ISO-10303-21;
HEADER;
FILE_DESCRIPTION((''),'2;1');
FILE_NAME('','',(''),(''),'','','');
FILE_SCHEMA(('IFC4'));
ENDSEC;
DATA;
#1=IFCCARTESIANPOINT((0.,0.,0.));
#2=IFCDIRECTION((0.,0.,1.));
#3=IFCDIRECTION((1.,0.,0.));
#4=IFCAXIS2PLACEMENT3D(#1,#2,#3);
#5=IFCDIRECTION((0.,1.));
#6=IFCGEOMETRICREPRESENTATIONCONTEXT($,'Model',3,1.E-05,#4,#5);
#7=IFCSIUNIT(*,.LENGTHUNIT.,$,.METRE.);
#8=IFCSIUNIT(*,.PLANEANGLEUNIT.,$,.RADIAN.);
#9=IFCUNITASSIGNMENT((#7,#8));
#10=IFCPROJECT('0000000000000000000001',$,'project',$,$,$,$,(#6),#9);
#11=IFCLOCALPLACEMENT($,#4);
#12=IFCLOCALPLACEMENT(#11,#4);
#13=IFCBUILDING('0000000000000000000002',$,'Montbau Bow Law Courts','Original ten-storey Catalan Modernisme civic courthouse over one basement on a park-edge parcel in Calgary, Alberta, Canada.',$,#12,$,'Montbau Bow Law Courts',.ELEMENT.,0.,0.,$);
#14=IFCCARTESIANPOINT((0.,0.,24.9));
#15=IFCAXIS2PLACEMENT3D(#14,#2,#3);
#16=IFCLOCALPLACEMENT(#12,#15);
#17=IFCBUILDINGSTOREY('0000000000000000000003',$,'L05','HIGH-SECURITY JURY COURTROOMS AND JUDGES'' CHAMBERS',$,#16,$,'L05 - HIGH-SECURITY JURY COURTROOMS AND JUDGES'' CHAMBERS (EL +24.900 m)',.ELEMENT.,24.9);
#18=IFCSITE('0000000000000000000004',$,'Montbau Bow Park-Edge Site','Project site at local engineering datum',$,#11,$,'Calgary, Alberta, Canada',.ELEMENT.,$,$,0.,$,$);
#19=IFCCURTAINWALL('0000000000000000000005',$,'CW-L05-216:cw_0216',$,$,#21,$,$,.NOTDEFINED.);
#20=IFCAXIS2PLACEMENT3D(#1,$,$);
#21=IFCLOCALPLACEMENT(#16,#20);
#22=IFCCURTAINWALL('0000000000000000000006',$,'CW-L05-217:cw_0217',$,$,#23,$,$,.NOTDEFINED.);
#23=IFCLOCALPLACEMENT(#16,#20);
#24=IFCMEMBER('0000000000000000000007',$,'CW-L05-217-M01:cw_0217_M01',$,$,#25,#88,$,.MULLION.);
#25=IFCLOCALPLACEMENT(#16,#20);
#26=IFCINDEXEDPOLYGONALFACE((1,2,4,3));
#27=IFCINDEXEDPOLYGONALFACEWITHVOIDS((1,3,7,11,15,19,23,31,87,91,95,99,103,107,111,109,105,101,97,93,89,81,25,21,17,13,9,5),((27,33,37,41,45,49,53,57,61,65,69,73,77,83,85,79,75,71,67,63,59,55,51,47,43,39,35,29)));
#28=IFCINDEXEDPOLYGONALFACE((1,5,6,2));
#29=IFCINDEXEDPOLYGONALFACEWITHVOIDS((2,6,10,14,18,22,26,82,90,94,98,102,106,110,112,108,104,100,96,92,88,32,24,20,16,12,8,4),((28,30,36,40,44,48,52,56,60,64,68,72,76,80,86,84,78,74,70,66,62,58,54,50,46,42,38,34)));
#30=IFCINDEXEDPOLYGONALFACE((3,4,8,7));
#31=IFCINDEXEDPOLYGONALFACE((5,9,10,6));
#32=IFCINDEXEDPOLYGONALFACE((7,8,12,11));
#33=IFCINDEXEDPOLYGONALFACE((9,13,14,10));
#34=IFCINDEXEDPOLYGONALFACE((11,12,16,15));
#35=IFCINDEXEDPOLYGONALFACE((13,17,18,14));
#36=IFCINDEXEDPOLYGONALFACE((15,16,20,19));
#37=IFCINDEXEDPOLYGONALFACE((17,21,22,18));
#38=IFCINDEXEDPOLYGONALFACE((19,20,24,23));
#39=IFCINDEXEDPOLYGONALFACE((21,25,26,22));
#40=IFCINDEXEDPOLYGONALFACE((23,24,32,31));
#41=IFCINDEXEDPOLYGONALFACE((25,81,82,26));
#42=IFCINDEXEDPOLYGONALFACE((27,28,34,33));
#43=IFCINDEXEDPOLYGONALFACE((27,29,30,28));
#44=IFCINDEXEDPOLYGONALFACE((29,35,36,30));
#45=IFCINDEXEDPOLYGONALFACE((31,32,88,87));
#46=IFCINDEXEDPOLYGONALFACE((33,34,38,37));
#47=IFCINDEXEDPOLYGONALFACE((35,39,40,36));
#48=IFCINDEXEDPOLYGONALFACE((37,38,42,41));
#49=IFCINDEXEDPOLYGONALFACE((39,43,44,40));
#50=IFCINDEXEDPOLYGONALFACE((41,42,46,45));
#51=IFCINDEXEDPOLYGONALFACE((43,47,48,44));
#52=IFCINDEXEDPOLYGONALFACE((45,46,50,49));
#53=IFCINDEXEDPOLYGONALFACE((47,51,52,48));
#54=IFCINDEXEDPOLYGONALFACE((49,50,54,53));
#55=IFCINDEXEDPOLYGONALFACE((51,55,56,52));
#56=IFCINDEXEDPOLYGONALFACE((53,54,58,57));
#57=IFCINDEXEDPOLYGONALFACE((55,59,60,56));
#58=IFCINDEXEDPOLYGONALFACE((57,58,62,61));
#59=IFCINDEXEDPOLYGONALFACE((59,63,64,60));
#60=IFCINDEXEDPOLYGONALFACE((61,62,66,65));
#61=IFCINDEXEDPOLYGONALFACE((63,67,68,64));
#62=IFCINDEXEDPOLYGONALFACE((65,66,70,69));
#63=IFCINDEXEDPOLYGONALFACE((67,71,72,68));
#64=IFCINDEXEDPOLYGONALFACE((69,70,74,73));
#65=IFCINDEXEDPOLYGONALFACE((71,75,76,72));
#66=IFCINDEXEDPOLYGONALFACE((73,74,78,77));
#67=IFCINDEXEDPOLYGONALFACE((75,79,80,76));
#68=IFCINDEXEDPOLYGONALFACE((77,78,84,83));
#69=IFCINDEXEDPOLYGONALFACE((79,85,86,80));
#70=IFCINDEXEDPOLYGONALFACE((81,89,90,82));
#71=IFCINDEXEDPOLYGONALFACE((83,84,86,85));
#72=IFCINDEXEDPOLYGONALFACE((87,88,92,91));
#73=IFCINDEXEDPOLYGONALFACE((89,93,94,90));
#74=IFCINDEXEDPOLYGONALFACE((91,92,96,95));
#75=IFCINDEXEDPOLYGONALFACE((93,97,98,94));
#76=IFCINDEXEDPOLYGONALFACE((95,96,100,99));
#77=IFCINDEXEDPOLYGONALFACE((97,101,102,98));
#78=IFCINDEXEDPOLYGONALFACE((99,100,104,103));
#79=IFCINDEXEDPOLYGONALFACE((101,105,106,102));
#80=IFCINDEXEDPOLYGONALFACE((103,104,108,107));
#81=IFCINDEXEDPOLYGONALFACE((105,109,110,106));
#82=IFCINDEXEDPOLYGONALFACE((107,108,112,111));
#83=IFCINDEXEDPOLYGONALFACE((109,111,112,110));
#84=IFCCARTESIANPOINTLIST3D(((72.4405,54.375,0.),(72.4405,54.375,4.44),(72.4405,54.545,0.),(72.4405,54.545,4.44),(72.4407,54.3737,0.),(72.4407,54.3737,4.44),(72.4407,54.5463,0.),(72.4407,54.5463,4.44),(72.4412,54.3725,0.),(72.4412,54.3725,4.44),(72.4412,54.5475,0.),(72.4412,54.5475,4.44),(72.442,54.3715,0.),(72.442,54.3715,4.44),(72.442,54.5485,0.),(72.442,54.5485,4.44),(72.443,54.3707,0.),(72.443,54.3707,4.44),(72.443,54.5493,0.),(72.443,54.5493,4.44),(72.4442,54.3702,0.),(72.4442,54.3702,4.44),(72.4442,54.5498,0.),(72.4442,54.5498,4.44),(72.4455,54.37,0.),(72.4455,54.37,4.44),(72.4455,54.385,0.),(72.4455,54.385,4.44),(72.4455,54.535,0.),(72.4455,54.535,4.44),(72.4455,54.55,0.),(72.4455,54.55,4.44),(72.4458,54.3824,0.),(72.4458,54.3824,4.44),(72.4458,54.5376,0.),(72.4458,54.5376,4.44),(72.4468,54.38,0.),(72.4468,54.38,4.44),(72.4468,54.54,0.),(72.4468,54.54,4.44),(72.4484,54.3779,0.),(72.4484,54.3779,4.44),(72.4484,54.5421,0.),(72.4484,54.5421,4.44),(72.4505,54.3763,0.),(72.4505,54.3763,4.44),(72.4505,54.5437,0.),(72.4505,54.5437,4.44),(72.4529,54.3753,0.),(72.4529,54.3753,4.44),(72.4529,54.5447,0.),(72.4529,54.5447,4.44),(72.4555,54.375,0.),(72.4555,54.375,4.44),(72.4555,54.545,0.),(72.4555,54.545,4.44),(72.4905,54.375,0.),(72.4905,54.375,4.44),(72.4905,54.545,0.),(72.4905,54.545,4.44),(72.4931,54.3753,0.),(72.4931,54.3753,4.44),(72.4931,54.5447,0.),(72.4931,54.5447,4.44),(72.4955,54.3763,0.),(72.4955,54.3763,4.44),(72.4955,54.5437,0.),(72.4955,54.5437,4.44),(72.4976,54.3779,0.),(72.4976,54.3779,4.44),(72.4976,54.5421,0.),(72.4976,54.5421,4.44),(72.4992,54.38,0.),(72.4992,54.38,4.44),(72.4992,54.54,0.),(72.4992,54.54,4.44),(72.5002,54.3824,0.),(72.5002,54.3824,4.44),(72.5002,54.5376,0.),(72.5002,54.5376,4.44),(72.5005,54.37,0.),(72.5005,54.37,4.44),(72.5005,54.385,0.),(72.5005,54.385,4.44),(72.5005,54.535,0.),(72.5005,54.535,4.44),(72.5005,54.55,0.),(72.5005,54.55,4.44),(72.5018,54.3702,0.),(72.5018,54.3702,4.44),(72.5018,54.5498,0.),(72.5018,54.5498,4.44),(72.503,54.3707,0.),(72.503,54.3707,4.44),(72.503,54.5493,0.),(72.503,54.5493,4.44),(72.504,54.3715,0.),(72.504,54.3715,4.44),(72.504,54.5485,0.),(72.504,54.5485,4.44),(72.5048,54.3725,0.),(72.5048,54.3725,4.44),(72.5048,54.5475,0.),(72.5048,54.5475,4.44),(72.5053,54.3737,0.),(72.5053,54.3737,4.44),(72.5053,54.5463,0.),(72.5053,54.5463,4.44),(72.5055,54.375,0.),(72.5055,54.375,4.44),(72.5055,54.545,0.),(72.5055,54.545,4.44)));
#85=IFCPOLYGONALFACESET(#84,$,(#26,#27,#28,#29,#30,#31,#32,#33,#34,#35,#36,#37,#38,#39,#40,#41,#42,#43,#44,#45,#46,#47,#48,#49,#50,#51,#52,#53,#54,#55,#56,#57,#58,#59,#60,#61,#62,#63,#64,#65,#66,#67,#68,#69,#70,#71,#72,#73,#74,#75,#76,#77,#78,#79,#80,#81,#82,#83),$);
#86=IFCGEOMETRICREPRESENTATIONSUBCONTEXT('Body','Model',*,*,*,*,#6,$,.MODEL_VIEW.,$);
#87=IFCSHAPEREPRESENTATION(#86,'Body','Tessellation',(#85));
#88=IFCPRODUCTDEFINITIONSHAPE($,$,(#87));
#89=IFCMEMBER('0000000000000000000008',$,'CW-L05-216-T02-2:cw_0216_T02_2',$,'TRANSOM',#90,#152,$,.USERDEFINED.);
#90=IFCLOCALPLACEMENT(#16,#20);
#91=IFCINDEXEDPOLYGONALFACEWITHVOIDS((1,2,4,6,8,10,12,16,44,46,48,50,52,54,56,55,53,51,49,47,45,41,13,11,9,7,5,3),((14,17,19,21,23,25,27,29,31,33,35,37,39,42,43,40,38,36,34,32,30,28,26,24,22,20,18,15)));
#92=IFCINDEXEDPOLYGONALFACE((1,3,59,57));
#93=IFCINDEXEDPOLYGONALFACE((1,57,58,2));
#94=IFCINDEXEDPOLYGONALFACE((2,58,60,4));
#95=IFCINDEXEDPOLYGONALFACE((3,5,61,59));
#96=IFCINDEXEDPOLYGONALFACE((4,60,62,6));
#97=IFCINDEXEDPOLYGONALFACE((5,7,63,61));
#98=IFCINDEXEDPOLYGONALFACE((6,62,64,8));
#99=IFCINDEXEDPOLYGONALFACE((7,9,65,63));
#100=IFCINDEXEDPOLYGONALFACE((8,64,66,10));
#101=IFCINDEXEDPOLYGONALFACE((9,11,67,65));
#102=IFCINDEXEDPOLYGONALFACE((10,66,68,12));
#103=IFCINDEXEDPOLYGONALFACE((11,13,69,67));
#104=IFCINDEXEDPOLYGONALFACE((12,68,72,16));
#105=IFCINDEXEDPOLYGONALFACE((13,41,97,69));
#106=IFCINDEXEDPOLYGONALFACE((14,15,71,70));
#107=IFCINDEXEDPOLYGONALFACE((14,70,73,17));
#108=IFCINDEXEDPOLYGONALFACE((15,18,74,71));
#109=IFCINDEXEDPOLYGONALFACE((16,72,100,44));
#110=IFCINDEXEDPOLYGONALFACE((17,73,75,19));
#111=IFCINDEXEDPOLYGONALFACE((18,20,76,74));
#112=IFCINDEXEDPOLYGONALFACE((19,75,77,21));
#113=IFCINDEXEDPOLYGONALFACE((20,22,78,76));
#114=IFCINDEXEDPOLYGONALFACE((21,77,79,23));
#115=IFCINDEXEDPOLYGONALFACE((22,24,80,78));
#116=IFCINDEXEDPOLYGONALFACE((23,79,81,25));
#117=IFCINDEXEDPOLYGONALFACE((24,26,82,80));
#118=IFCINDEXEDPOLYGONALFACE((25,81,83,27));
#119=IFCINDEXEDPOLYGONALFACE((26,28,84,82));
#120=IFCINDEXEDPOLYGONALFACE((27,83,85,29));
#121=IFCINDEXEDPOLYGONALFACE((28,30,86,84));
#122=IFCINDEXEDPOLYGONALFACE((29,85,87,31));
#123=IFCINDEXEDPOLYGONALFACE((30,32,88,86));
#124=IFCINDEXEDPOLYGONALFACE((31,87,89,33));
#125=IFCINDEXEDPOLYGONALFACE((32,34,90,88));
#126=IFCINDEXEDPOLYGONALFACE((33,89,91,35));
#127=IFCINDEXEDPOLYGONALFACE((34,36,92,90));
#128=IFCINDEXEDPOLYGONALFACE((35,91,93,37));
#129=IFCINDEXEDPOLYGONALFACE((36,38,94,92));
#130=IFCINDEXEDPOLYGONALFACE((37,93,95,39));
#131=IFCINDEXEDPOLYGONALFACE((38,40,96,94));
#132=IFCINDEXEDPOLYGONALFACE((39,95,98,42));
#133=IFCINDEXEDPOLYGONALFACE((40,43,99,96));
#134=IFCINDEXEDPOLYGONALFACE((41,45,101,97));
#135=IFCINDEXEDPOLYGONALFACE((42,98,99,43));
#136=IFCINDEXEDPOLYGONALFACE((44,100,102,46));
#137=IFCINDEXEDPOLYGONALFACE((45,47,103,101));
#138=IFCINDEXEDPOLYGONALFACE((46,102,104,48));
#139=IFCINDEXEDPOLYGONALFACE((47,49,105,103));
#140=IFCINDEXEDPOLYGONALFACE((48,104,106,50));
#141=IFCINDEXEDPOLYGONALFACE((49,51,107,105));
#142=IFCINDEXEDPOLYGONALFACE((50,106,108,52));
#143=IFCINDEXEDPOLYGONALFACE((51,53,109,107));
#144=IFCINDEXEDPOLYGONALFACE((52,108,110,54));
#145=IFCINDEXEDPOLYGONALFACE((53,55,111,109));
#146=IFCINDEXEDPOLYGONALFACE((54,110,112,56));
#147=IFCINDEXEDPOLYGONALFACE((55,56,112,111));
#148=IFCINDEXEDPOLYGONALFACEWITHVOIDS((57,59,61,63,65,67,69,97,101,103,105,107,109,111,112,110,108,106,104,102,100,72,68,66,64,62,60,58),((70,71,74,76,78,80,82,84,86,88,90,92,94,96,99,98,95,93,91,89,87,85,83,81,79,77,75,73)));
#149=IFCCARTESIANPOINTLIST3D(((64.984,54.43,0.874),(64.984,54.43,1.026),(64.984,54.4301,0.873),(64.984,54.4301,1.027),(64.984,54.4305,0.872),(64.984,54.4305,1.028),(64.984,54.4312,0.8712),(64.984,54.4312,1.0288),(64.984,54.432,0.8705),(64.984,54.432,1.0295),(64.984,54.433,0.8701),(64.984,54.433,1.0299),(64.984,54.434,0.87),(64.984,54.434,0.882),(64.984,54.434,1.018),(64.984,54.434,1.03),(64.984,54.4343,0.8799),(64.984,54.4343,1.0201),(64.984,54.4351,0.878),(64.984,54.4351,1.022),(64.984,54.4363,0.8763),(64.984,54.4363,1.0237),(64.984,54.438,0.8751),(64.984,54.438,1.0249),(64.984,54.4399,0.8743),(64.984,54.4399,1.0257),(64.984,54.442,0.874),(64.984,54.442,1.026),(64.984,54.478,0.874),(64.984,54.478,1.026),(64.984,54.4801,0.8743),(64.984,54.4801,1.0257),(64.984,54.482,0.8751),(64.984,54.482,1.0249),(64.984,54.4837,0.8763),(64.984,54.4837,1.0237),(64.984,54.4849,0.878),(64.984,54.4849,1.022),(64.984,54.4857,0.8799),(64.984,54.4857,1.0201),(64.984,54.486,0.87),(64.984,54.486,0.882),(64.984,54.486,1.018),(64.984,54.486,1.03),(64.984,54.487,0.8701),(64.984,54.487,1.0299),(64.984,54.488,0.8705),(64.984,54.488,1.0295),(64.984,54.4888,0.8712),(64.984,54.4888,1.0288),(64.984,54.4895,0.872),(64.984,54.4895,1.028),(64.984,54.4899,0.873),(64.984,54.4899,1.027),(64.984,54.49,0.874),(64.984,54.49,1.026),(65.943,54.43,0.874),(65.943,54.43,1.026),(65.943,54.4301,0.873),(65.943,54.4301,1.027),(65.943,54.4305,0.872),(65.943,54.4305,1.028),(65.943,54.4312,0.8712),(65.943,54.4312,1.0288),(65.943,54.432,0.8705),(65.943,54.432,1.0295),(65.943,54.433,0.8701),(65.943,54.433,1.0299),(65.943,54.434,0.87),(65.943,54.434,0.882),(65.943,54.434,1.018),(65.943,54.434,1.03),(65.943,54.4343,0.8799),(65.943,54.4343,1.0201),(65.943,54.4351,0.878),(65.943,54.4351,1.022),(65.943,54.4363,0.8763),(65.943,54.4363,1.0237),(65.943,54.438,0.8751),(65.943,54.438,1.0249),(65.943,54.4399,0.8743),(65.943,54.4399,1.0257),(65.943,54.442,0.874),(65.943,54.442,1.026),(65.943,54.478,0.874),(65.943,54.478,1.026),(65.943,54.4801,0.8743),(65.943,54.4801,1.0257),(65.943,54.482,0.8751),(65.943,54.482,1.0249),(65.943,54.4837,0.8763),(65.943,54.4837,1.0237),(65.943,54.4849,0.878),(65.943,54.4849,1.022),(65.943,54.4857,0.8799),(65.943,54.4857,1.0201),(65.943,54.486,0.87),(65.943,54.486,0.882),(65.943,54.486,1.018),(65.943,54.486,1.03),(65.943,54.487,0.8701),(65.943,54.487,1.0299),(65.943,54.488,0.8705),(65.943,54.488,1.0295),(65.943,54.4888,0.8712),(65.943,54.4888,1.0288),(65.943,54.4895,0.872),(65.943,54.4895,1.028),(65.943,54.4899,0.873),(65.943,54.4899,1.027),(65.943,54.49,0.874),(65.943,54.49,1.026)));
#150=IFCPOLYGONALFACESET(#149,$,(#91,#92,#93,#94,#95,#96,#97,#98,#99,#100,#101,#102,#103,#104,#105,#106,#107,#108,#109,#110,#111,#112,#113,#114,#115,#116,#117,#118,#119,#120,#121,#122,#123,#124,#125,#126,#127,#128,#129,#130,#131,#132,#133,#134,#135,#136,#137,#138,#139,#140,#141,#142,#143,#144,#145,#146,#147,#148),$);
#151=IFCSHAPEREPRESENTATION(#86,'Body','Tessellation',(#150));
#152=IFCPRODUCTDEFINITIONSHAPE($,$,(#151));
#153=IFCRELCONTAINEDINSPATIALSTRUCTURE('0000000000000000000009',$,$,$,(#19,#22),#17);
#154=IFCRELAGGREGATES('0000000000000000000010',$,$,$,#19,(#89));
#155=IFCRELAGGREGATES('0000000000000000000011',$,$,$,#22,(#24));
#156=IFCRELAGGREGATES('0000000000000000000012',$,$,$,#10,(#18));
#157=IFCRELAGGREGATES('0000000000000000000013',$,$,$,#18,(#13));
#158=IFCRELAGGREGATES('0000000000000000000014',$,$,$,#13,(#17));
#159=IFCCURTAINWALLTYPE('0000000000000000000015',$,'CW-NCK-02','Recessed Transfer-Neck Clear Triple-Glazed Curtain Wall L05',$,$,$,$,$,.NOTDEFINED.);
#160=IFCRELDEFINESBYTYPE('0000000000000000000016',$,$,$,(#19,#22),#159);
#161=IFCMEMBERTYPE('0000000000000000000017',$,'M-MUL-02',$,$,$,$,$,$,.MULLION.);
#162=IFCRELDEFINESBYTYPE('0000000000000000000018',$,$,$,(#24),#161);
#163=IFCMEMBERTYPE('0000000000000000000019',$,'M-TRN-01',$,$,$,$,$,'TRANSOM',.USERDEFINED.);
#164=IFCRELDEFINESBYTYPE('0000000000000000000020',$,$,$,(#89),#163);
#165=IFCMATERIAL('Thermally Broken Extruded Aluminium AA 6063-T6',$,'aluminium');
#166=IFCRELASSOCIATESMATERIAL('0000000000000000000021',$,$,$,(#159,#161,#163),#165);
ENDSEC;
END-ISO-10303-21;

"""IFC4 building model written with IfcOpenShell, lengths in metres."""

from ifc_helpers import new_model, si_unit, direction, frame, origin_with_axes, origin_2d_with_axis, place, context, subcontext, project, spatial, hollow_rectangle, extrude, material, material_profile, profile_set, type_object, element, aggregate, save


model = new_model("IFC4")

# Units and contexts
model_context = context("Model", 3, precision=1e-05, world=origin_with_axes(), true_north=direction((0.0, 1.0)))
body_context = subcontext(model_context, "Body", "Model", "MODEL_VIEW")
ifc_project = project(units=[si_unit("LENGTHUNIT", "METRE"), si_unit("PLANEANGLEUNIT", "RADIAN")], contexts=[model_context])

# Site, building, storey
site_placement = place(None, origin_with_axes())
site = spatial("IfcSite", under=ifc_project, at=site_placement, Name="Montbau Bow Park-Edge Site", Description="Project site at local engineering datum", LongName="Calgary, Alberta, Canada", CompositionType="ELEMENT", RefElevation=0.0)
building_placement = place(site_placement, origin_with_axes())
building = spatial("IfcBuilding", under=site, at=building_placement, Name="Montbau Bow Law Courts", Description="Original ten-storey Catalan Modernisme civic courthouse over one basement on a park-edge parcel in Calgary, Alberta, Canada.", LongName="Montbau Bow Law Courts", CompositionType="ELEMENT", ElevationOfRefHeight=0.0, ElevationOfTerrain=0.0)
storey_placement = place(building_placement, frame((0.0, 0.0, 24.9), z_axis=(0.0, 0.0, 1.0), x_axis=(1.0, 0.0, 0.0)))
storey = spatial("IfcBuildingStorey", under=building, at=storey_placement, Name="L05", Description="HIGH-SECURITY JURY COURTROOMS AND JUDGES' CHAMBERS", LongName="L05 - HIGH-SECURITY JURY COURTROOMS AND JUDGES' CHAMBERS (EL +24.900 m)", CompositionType="ELEMENT", Elevation=24.9)

# Curtain walls, member
ifc_material_1 = material(Name="Thermally Broken Extruded Aluminium AA 6063-T6", Category="aluminium")
curtain_wall_type = type_object("IfcCurtainWallType", Name="CW-NCK-02", Description="Recessed Transfer-Neck Clear Triple-Glazed Curtain Wall L05", PredefinedType="NOTDEFINED", material=ifc_material_1)
curtain_wall_1_placement = place(None, frame((63.868, 54.46, 24.9), z_axis=(0.0, 0.0, 1.0), x_axis=(1.0, 0.0, 0.0)))
curtain_wall_1 = element("IfcCurtainWall", 1, at=curtain_wall_1_placement, inside=storey, type_object=curtain_wall_type, Name="CW-L05-216:cw_0216", PredefinedType="NOTDEFINED")
curtain_wall_2_placement = place(None, frame((72.44, 54.46, 24.9), z_axis=(0.0, 0.0, 1.0), x_axis=(1.0, 0.0, 0.0)))
curtain_wall_2 = element("IfcCurtainWall", 2, at=curtain_wall_2_placement, inside=storey, type_object=curtain_wall_type, Name="CW-L05-217:cw_0217", PredefinedType="NOTDEFINED")
ifc_material_profile_1 = material_profile(ifc_material_1, hollow_rectangle(XDim=0.065, YDim=0.18, WallThickness=0.005, InnerFilletRadius=0.01, OuterFilletRadius=0.005, at=origin_2d_with_axis()), Name="CWM-180X65", Category="Main", Priority=0)
ifc_profile_set_1 = profile_set([ifc_material_profile_1], Name="Thermally Broken Extruded Aluminium AA 6063-T6")
member_type_1 = type_object("IfcMemberType", Name="M-MUL-02", PredefinedType="MULLION", material=ifc_profile_set_1)
member_1_placement = place(None, frame((72.473, 54.46, 24.9), z_axis=(0.0, 0.0, 1.0), x_axis=(1.0, 0.0, 0.0)))
member_1 = element("IfcMember", 3, at=member_1_placement, type_object=member_type_1, Name="CW-L05-217-M01:cw_0217_M01", PredefinedType="MULLION", context=body_context, shape_type="SweptSolid", body=[
    extrude(hollow_rectangle(XDim=0.065, YDim=0.18, WallThickness=0.005, InnerFilletRadius=0.01, OuterFilletRadius=0.005, at=origin_2d_with_axis()), origin_with_axes(), (0.0, 0.0, 1.0), 4.44),
])

# Member
ifc_material_profile_2 = material_profile(ifc_material_1, hollow_rectangle(XDim=0.06, YDim=0.16, WallThickness=0.004, InnerFilletRadius=0.008, OuterFilletRadius=0.004, at=origin_2d_with_axis()), Name="CWT-160X60", Category="Main", Priority=0)
ifc_profile_set_2 = profile_set([ifc_material_profile_2], Name="Thermally Broken Extruded Aluminium AA 6063-T6")
member_type_2 = type_object("IfcMemberType", Name="M-TRN-01", ElementType="TRANSOM", PredefinedType="USERDEFINED", material=ifc_profile_set_2)
member_2_placement = place(None, frame((64.984, 54.46, 25.85), z_axis=(1.0, 0.0, 0.0), x_axis=(0.0, 1.0, 0.0)))
member_2 = element("IfcMember", 4, at=member_2_placement, type_object=member_type_2, Name="CW-L05-216-T02-2:cw_0216_T02_2", ObjectType="TRANSOM", PredefinedType="USERDEFINED", context=body_context, shape_type="SweptSolid", body=[
    extrude(hollow_rectangle(XDim=0.06, YDim=0.16, WallThickness=0.004, InnerFilletRadius=0.008, OuterFilletRadius=0.004, at=origin_2d_with_axis()), origin_with_axes(), (0.0, 0.0, 1.0), 0.959),
])
aggregate(curtain_wall_1, [member_2])

aggregate(curtain_wall_2, [member_1])

save(model, "model.ifc")
